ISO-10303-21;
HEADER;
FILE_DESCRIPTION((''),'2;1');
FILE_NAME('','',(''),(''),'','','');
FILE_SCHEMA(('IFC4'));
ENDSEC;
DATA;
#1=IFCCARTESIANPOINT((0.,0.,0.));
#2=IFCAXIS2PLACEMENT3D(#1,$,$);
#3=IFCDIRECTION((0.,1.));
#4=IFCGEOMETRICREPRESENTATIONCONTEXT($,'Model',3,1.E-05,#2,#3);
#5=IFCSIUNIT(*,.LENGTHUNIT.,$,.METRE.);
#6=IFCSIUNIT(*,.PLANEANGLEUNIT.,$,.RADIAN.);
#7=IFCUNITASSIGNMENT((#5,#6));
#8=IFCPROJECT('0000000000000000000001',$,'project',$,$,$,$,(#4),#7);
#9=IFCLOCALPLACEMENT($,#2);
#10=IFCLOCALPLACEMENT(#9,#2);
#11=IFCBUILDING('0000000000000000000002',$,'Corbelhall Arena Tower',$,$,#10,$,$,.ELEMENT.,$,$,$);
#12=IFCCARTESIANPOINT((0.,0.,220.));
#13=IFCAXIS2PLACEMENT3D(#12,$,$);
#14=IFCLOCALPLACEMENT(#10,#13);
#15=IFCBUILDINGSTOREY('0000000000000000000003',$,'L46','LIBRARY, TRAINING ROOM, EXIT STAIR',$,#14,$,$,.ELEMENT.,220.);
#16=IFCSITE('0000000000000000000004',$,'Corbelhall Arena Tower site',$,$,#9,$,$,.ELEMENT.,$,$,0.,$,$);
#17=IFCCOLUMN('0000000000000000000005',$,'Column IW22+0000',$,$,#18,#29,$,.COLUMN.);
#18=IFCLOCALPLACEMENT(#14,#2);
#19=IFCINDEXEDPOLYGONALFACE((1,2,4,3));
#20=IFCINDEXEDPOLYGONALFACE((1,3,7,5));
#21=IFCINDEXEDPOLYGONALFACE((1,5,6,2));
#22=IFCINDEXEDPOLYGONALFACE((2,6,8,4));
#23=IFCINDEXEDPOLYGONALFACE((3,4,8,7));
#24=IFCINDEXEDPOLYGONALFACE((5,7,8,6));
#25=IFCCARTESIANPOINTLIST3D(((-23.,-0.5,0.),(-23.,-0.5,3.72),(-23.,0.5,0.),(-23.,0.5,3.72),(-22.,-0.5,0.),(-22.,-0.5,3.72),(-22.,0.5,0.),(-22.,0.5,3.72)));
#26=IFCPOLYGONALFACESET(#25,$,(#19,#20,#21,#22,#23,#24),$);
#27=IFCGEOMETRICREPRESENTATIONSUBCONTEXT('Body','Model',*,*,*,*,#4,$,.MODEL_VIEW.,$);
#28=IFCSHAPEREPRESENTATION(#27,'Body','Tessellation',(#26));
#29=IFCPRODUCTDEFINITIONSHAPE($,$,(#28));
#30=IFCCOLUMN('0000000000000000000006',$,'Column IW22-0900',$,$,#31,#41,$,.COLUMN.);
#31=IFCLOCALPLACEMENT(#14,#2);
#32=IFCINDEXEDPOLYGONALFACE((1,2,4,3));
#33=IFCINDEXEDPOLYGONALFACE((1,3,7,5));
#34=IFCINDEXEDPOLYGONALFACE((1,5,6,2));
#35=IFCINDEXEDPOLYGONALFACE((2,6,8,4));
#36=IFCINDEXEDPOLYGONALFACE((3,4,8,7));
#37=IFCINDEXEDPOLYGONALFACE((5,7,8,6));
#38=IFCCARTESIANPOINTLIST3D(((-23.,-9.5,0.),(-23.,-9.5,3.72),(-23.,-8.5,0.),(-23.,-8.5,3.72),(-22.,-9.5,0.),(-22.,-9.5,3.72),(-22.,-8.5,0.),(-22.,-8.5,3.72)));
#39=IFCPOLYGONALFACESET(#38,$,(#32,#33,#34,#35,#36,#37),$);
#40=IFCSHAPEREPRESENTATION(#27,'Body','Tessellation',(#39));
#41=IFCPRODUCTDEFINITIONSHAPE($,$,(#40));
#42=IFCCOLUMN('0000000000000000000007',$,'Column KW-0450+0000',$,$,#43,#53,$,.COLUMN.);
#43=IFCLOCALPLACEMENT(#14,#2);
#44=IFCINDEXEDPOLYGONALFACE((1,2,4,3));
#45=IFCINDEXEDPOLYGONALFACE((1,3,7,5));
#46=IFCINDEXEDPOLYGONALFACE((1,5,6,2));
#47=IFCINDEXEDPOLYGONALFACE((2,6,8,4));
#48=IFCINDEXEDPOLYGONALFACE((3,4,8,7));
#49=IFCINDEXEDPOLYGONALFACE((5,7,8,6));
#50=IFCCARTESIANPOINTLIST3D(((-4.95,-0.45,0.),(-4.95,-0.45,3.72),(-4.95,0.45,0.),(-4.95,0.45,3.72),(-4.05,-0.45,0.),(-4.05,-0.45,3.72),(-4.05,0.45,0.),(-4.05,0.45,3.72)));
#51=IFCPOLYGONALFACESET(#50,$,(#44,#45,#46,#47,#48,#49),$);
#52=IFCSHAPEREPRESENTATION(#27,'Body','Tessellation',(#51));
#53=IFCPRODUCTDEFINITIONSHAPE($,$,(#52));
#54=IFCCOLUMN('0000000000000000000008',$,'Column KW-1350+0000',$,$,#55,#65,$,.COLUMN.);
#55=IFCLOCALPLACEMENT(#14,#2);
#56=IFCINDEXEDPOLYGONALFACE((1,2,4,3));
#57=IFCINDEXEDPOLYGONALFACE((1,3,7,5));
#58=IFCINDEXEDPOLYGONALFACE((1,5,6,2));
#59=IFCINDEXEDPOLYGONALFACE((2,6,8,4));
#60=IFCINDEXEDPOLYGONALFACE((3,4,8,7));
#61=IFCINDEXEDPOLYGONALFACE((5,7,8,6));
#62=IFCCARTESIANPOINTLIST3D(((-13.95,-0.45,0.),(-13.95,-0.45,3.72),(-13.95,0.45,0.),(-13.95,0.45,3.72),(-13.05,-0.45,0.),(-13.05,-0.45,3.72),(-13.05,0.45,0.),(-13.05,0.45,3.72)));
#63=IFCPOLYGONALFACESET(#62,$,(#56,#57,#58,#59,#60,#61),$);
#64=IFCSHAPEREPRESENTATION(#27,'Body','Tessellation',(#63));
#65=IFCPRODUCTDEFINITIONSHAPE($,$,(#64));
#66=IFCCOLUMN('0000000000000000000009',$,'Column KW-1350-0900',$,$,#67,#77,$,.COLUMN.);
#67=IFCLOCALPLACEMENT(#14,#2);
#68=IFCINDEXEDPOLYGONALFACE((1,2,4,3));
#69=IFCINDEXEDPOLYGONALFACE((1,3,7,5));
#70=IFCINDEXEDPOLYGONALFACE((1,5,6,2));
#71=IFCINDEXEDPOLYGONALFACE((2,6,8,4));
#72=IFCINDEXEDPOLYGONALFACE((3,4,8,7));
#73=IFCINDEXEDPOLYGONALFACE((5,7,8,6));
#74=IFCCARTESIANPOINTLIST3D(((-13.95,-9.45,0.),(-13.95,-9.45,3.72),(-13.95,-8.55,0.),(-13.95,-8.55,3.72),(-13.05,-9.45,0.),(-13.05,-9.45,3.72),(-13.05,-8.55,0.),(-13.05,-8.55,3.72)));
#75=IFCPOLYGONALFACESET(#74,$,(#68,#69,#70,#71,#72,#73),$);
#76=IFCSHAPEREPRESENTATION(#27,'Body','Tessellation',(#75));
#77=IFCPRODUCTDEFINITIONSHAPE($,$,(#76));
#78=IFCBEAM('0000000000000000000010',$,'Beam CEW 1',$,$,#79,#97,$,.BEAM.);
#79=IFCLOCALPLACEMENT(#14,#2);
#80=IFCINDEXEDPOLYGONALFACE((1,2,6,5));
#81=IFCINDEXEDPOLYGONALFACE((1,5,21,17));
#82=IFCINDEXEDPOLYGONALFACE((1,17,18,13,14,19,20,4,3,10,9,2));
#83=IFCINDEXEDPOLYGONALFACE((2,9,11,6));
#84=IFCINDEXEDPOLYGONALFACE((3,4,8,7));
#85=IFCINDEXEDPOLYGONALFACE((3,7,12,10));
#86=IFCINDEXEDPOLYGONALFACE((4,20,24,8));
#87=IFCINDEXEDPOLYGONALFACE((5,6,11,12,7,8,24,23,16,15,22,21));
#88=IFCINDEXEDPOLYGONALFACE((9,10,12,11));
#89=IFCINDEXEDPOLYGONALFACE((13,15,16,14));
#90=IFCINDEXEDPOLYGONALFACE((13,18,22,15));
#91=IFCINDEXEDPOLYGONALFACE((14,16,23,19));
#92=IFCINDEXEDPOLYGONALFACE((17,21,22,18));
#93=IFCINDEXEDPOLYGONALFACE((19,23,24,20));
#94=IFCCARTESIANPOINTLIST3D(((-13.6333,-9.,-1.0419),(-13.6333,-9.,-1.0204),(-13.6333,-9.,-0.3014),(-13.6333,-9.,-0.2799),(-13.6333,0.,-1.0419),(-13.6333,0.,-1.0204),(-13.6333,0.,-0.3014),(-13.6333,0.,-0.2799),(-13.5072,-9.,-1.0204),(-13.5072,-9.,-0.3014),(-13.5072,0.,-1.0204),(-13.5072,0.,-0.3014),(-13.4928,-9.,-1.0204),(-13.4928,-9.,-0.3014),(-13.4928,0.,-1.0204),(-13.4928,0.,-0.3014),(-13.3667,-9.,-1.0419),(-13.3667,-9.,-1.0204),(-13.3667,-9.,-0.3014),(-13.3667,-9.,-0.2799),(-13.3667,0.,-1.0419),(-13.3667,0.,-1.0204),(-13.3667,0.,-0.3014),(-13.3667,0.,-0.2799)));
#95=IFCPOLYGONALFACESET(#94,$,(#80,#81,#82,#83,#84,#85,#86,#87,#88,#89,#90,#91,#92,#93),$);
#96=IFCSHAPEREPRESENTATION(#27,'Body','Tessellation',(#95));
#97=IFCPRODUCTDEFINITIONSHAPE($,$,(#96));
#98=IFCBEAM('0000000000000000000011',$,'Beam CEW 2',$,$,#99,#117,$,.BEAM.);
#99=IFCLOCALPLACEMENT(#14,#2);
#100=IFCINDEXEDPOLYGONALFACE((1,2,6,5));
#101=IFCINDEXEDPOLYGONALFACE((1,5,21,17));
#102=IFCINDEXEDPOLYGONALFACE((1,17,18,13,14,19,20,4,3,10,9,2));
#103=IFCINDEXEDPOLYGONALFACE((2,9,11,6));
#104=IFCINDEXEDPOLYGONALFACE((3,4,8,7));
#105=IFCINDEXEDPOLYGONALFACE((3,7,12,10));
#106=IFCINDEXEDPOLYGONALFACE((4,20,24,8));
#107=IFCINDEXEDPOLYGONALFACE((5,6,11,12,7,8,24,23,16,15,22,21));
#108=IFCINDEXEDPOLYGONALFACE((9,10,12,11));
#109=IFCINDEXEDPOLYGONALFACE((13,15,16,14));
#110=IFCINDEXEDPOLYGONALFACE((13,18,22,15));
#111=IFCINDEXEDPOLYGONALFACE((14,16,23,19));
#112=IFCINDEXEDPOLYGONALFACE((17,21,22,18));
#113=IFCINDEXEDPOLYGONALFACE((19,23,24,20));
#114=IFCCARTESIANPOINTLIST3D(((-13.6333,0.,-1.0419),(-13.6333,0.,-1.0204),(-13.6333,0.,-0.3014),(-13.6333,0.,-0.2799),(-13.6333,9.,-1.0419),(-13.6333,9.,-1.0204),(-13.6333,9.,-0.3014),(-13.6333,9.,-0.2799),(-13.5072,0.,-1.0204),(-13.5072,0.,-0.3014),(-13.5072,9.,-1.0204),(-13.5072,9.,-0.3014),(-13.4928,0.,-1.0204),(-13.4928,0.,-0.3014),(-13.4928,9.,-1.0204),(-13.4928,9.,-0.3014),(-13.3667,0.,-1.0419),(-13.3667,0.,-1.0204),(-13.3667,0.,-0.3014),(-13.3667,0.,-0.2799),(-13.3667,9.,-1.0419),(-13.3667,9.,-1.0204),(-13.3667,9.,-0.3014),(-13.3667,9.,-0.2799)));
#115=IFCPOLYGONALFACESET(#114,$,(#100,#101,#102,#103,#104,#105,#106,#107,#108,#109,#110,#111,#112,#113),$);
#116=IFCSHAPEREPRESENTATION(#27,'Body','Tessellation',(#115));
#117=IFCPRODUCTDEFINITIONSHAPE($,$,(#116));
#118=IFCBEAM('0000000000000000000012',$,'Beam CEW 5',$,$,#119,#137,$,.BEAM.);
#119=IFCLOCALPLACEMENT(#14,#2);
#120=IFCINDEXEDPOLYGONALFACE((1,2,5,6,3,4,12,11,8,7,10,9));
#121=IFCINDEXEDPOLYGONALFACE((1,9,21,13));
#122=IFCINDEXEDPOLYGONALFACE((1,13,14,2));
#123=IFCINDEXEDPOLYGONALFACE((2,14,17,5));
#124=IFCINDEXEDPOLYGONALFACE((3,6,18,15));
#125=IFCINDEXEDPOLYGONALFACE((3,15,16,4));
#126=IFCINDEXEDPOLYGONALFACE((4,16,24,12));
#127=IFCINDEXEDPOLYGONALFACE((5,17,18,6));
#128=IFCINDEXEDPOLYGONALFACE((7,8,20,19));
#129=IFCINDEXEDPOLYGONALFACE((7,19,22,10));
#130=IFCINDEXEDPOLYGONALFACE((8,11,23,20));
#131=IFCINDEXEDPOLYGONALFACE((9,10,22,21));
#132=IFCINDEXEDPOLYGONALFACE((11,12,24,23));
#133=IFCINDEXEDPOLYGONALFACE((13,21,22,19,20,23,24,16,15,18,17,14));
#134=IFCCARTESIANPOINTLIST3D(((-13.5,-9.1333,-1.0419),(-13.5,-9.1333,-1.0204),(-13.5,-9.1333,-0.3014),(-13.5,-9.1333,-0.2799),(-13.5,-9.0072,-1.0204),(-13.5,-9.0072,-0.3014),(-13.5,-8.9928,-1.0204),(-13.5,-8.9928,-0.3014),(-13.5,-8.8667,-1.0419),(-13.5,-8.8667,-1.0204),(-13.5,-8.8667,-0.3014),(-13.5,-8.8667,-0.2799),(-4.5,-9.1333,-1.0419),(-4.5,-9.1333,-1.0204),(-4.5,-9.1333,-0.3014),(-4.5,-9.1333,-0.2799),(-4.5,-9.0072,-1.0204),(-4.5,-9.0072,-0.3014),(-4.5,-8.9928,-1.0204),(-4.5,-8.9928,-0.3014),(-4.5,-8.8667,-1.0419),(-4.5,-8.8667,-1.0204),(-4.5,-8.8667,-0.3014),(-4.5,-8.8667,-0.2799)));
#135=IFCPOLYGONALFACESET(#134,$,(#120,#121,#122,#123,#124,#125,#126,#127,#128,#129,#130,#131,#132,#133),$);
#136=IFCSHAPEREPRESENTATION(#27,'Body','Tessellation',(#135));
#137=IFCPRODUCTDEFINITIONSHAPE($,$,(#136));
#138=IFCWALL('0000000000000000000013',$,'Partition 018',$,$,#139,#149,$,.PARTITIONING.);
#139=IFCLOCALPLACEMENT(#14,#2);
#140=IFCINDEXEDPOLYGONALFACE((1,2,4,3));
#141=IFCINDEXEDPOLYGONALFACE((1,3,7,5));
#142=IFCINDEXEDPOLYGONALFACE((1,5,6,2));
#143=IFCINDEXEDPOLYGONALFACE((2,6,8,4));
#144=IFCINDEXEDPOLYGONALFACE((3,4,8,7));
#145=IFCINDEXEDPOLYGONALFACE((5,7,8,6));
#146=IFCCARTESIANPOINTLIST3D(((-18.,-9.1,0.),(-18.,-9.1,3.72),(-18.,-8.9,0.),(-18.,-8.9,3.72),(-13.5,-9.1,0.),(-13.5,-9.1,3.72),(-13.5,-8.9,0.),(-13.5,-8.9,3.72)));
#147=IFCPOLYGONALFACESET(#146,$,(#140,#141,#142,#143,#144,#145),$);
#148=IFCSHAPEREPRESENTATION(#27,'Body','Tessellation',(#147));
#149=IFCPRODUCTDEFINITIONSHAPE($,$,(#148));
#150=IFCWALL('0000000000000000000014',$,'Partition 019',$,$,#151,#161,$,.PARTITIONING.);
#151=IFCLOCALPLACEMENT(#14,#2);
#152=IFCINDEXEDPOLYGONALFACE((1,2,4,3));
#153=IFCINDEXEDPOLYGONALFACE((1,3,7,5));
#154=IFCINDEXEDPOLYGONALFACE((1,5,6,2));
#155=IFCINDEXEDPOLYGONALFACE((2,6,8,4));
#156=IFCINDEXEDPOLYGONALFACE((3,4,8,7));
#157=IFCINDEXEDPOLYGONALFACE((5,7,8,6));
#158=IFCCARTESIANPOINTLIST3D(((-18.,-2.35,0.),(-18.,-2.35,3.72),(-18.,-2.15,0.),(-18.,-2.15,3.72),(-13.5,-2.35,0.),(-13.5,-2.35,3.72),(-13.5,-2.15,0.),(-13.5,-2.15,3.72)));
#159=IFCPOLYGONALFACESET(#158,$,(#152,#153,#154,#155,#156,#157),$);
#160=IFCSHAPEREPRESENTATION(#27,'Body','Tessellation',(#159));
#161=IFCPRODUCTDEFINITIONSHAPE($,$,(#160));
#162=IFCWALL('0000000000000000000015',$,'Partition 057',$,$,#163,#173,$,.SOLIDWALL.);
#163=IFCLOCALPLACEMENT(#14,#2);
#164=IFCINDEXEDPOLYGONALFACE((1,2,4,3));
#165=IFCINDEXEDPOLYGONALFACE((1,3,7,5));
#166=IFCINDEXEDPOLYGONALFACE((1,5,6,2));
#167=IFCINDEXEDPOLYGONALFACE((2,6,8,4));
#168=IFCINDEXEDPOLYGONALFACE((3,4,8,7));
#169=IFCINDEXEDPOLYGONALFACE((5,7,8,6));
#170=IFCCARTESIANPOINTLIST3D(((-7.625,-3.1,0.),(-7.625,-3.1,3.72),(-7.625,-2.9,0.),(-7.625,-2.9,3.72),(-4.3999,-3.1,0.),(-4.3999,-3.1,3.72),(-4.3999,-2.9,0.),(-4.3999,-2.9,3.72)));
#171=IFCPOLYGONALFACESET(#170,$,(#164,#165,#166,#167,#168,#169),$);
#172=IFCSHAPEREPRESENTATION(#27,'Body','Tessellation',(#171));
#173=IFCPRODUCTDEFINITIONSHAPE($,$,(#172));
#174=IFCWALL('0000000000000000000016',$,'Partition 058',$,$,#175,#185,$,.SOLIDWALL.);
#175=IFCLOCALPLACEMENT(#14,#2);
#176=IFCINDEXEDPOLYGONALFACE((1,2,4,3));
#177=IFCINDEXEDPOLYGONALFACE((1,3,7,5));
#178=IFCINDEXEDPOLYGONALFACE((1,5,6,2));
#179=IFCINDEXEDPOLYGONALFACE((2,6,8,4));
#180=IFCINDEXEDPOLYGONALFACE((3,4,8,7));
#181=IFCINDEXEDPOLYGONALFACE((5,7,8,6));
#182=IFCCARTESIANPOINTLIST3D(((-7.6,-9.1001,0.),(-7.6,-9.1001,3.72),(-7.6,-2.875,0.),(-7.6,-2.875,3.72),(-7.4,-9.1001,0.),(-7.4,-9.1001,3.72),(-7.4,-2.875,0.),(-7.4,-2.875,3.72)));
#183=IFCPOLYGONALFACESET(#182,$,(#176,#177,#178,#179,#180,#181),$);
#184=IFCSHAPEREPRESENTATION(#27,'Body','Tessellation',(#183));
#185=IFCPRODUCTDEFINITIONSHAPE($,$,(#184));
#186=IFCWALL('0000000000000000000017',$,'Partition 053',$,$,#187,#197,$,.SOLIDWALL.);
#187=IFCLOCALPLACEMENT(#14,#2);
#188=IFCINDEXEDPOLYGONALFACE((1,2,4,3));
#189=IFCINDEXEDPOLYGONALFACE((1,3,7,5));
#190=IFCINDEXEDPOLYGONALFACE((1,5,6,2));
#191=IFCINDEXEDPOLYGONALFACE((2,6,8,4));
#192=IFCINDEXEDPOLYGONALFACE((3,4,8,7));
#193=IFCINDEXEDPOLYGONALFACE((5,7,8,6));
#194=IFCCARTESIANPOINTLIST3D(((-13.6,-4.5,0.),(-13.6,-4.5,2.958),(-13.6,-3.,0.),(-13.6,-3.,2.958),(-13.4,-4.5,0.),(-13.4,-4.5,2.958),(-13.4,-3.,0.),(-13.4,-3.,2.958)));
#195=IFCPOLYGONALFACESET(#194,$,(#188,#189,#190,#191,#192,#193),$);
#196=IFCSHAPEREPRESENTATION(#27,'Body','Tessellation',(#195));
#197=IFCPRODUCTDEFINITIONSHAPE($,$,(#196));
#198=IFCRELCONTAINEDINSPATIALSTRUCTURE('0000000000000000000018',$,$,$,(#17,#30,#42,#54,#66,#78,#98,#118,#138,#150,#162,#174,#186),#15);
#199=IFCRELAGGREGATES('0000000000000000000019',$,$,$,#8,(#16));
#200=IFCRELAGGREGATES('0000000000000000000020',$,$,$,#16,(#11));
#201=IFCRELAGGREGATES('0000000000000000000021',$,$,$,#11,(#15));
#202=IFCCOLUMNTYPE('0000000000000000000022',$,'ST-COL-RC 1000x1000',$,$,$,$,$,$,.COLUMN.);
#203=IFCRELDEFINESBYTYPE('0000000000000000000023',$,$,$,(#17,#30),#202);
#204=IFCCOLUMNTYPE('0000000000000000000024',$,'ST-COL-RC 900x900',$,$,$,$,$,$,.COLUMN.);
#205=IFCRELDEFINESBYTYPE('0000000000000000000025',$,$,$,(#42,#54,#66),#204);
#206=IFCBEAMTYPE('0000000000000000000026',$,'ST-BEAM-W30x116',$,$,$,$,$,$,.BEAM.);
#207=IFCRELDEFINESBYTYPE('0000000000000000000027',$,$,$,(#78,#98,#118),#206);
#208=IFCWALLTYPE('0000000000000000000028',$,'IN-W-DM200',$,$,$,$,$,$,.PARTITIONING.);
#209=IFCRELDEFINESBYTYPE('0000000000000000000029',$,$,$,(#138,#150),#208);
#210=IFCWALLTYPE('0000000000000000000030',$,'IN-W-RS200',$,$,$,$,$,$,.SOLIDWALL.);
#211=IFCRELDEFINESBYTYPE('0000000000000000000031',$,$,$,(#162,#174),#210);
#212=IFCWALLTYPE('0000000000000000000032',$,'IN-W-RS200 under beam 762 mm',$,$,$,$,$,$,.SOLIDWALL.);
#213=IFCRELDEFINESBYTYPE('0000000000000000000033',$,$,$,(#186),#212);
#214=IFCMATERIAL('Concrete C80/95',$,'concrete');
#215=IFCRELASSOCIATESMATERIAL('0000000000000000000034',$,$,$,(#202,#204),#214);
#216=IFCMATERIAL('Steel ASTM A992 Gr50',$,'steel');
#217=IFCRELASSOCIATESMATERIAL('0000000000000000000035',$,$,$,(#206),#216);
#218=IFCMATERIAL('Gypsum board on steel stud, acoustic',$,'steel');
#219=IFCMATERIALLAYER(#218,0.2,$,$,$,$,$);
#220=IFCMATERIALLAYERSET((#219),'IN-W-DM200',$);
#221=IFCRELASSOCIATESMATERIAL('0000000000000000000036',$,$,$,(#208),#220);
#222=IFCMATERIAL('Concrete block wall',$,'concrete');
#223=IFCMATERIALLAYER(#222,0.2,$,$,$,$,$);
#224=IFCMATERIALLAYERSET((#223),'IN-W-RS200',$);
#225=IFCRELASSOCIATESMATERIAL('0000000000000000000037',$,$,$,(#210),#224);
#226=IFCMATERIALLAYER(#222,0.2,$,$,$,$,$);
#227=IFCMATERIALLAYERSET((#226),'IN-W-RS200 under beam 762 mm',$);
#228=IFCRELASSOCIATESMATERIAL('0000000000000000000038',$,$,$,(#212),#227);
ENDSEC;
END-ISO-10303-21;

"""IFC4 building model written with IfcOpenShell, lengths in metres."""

from ifc_helpers import new_model, si_unit, direction, frame, frame_2d, origin, origin_2d, place, context, subcontext, project, spatial, rectangle, i_section, extrude, material, layer, layer_set, material_profile, profile_set, type_object, element, save


model = new_model("IFC4")

# Units and contexts
model_context = context("Model", 3, precision=1e-05, world=origin(), true_north=direction((0.0, 1.0)))
body_context = subcontext(model_context, "Body", "Model", "MODEL_VIEW")
ifc_project = project(units=[si_unit("LENGTHUNIT", "METRE"), si_unit("PLANEANGLEUNIT", "RADIAN")], contexts=[model_context])

# Site, building, storey
site_placement = place(None, origin())
site = spatial("IfcSite", under=ifc_project, at=site_placement, Name="Corbelhall Arena Tower site", CompositionType="ELEMENT", RefElevation=0.0)
building_placement = place(site_placement, origin())
building = spatial("IfcBuilding", under=site, at=building_placement, Name="Corbelhall Arena Tower", CompositionType="ELEMENT")
storey_placement = place(building_placement, frame((0.0, 0.0, 220.0)))
storey = spatial("IfcBuildingStorey", under=building, at=storey_placement, Name="L46", Description="LIBRARY, TRAINING ROOM, EXIT STAIR", CompositionType="ELEMENT", Elevation=220.0)

# Columns
ifc_material_1 = material(Name="Concrete C80/95", Category="concrete")
ifc_material_profile_1 = material_profile(ifc_material_1, rectangle(XDim=1.0, YDim=1.0, at=origin_2d()))
ifc_profile_set_1 = profile_set([ifc_material_profile_1], Name="Concrete C80/95")
column_type_1 = type_object("IfcColumnType", Name="ST-COL-RC 1000x1000", PredefinedType="COLUMN", material=ifc_profile_set_1)
for number, where, z_axis, x_axis, name in (
    (1, (-22.5, 0.0, 0.0), (0.0, 0.0, 1.0), (1.0, 0.0, 0.0), "Column IW22+0000"),
    (2, (-22.5, -9.0, 0.0), (0.0, 0.0, 1.0), (1.0, 0.0, 0.0), "Column IW22-0900"),
):
    element("IfcColumn", number, at=place(storey_placement, frame(where, z_axis=z_axis, x_axis=x_axis)), inside=storey, type_object=column_type_1, Name=name, PredefinedType="COLUMN", context=body_context, shape_type="SweptSolid", body=[
        extrude(rectangle(XDim=1.0, YDim=1.0, at=origin_2d()), origin(), (0.0, 0.0, 1.0), 3.72),
    ])
ifc_material_profile_2 = material_profile(ifc_material_1, rectangle(XDim=0.8999, YDim=0.8999, at=origin_2d()))
ifc_profile_set_2 = profile_set([ifc_material_profile_2], Name="Concrete C80/95")
column_type_2 = type_object("IfcColumnType", Name="ST-COL-RC 900x900", PredefinedType="COLUMN", material=ifc_profile_set_2)
for number, where, z_axis, x_axis, name in (
    (3, (-4.5, 0.0, 0.0), (0.0, 0.0, 1.0), (1.0, 0.0, 0.0), "Column KW-0450+0000"),
    (4, (-13.5, 0.0, 0.0), (0.0, 0.0, 1.0), (1.0, 0.0, 0.0), "Column KW-1350+0000"),
    (5, (-13.5, -9.0, 0.0), (0.0, 0.0, 1.0), (1.0, 0.0, 0.0), "Column KW-1350-0900"),
):
    element("IfcColumn", number, at=place(storey_placement, frame(where, z_axis=z_axis, x_axis=x_axis)), inside=storey, type_object=column_type_2, Name=name, PredefinedType="COLUMN", context=body_context, shape_type="SweptSolid", body=[
        extrude(rectangle(XDim=0.8999, YDim=0.8999, at=origin_2d()), origin(), (0.0, 0.0, 1.0), 3.72),
    ])

# Beams
ifc_material_2 = material(Name="Steel ASTM A992 Gr50", Category="steel")
ifc_material_profile_3 = material_profile(ifc_material_2, i_section(OverallWidth=0.2666, OverallDepth=0.762, WebThickness=0.0144, FlangeThickness=0.0215, at=origin_2d()))
ifc_profile_set_3 = profile_set([ifc_material_profile_3], Name="Steel ASTM A992 Gr50")
beam_type = type_object("IfcBeamType", Name="ST-BEAM-W30x116", PredefinedType="BEAM", material=ifc_profile_set_3)
for number, where, z_axis, x_axis, name in (
    (6, (-13.5, -9.0, -0.6609), (0.0, 1.0, 0.0), (-1.0, 0.0, 0.0), "Beam CEW 1"),
    (7, (-13.5, 0.0, -0.6609), (0.0, 1.0, 0.0), (-1.0, 0.0, 0.0), "Beam CEW 2"),
    (8, (-13.5, -9.0, -0.6609), (1.0, 0.0, 0.0), (0.0, 1.0, 0.0), "Beam CEW 5"),
):
    element("IfcBeam", number, at=place(storey_placement, frame(where, z_axis=z_axis, x_axis=x_axis)), inside=storey, type_object=beam_type, Name=name, PredefinedType="BEAM", context=body_context, shape_type="SweptSolid", body=[
        extrude(i_section(OverallWidth=0.2666, OverallDepth=0.762, WebThickness=0.0144, FlangeThickness=0.0215, at=origin_2d()), origin(), (0.0, 0.0, 1.0), 9.0),
    ])

# Shared definitions
ifc_material_3 = material(Name="Gypsum board on steel stud, acoustic", Category="steel")
ifc_layer_1 = layer(ifc_material_3, 0.2)
ifc_layer_set_1 = layer_set([ifc_layer_1], Name="IN-W-DM200")
wall_type_1 = type_object("IfcWallType", Name="IN-W-DM200", PredefinedType="PARTITIONING", material=ifc_layer_set_1)

# Walls
for number, where, z_axis, x_axis, name in (
    (9, (-18.0, -9.0, 0.0), (0.0, 0.0, 1.0), (1.0, 0.0, 0.0), "Partition 018"),
    (10, (-18.0, -2.25, 0.0), (0.0, 0.0, 1.0), (1.0, 0.0, 0.0), "Partition 019"),
):
    element("IfcWall", number, at=place(storey_placement, frame(where, z_axis=z_axis, x_axis=x_axis)), inside=storey, type_object=wall_type_1, Name=name, PredefinedType="PARTITIONING", context=body_context, shape_type="SweptSolid", body=[
        extrude(rectangle(XDim=4.5, YDim=0.2, at=frame_2d((2.25, 0.0))), origin(), (0.0, 0.0, 1.0), 3.72),
    ])

# Shared definitions
ifc_material_4 = material(Name="Concrete block wall", Category="concrete")
ifc_layer_2 = layer(ifc_material_4, 0.2)
ifc_layer_set_2 = layer_set([ifc_layer_2], Name="IN-W-RS200")
wall_type_2 = type_object("IfcWallType", Name="IN-W-RS200", PredefinedType="SOLIDWALL", material=ifc_layer_set_2)

# Walls
wall_1_placement = place(storey_placement, frame((-7.625, -3.0, 0.0), z_axis=(0.0, 0.0, 1.0), x_axis=(1.0, 0.0, 0.0)))
element("IfcWall", 11, at=wall_1_placement, inside=storey, type_object=wall_type_2, Name="Partition 057", PredefinedType="SOLIDWALL", context=body_context, shape_type="SweptSolid", body=[
    extrude(rectangle(XDim=3.2251, YDim=0.2, at=frame_2d((1.6125, 0.0))), origin(), (0.0, 0.0, 1.0), 3.72),
])
wall_2_placement = place(storey_placement, frame((-7.5, -9.1001, 0.0), z_axis=(0.0, 0.0, 1.0), x_axis=(0.0, 1.0, 0.0)))
element("IfcWall", 12, at=wall_2_placement, inside=storey, type_object=wall_type_2, Name="Partition 058", PredefinedType="SOLIDWALL", context=body_context, shape_type="SweptSolid", body=[
    extrude(rectangle(XDim=6.2251, YDim=0.2, at=frame_2d((3.1125, 0.0))), origin(), (0.0, 0.0, 1.0), 3.72),
])
ifc_layer_3 = layer(ifc_material_4, 0.2)
ifc_layer_set_3 = layer_set([ifc_layer_3], Name="IN-W-RS200 under beam 762 mm")
wall_type_3 = type_object("IfcWallType", Name="IN-W-RS200 under beam 762 mm", PredefinedType="SOLIDWALL", material=ifc_layer_set_3)
wall_3_placement = place(storey_placement, frame((-13.5, -4.5, 0.0), z_axis=(0.0, 0.0, 1.0), x_axis=(0.0, 1.0, 0.0)))
element("IfcWall", 13, at=wall_3_placement, inside=storey, type_object=wall_type_3, Name="Partition 053", PredefinedType="SOLIDWALL", context=body_context, shape_type="SweptSolid", body=[
    extrude(rectangle(XDim=1.5, YDim=0.2, at=frame_2d((0.75, 0.0))), origin(), (0.0, 0.0, 1.0), 2.958),
])

save(model, "model.ifc")
